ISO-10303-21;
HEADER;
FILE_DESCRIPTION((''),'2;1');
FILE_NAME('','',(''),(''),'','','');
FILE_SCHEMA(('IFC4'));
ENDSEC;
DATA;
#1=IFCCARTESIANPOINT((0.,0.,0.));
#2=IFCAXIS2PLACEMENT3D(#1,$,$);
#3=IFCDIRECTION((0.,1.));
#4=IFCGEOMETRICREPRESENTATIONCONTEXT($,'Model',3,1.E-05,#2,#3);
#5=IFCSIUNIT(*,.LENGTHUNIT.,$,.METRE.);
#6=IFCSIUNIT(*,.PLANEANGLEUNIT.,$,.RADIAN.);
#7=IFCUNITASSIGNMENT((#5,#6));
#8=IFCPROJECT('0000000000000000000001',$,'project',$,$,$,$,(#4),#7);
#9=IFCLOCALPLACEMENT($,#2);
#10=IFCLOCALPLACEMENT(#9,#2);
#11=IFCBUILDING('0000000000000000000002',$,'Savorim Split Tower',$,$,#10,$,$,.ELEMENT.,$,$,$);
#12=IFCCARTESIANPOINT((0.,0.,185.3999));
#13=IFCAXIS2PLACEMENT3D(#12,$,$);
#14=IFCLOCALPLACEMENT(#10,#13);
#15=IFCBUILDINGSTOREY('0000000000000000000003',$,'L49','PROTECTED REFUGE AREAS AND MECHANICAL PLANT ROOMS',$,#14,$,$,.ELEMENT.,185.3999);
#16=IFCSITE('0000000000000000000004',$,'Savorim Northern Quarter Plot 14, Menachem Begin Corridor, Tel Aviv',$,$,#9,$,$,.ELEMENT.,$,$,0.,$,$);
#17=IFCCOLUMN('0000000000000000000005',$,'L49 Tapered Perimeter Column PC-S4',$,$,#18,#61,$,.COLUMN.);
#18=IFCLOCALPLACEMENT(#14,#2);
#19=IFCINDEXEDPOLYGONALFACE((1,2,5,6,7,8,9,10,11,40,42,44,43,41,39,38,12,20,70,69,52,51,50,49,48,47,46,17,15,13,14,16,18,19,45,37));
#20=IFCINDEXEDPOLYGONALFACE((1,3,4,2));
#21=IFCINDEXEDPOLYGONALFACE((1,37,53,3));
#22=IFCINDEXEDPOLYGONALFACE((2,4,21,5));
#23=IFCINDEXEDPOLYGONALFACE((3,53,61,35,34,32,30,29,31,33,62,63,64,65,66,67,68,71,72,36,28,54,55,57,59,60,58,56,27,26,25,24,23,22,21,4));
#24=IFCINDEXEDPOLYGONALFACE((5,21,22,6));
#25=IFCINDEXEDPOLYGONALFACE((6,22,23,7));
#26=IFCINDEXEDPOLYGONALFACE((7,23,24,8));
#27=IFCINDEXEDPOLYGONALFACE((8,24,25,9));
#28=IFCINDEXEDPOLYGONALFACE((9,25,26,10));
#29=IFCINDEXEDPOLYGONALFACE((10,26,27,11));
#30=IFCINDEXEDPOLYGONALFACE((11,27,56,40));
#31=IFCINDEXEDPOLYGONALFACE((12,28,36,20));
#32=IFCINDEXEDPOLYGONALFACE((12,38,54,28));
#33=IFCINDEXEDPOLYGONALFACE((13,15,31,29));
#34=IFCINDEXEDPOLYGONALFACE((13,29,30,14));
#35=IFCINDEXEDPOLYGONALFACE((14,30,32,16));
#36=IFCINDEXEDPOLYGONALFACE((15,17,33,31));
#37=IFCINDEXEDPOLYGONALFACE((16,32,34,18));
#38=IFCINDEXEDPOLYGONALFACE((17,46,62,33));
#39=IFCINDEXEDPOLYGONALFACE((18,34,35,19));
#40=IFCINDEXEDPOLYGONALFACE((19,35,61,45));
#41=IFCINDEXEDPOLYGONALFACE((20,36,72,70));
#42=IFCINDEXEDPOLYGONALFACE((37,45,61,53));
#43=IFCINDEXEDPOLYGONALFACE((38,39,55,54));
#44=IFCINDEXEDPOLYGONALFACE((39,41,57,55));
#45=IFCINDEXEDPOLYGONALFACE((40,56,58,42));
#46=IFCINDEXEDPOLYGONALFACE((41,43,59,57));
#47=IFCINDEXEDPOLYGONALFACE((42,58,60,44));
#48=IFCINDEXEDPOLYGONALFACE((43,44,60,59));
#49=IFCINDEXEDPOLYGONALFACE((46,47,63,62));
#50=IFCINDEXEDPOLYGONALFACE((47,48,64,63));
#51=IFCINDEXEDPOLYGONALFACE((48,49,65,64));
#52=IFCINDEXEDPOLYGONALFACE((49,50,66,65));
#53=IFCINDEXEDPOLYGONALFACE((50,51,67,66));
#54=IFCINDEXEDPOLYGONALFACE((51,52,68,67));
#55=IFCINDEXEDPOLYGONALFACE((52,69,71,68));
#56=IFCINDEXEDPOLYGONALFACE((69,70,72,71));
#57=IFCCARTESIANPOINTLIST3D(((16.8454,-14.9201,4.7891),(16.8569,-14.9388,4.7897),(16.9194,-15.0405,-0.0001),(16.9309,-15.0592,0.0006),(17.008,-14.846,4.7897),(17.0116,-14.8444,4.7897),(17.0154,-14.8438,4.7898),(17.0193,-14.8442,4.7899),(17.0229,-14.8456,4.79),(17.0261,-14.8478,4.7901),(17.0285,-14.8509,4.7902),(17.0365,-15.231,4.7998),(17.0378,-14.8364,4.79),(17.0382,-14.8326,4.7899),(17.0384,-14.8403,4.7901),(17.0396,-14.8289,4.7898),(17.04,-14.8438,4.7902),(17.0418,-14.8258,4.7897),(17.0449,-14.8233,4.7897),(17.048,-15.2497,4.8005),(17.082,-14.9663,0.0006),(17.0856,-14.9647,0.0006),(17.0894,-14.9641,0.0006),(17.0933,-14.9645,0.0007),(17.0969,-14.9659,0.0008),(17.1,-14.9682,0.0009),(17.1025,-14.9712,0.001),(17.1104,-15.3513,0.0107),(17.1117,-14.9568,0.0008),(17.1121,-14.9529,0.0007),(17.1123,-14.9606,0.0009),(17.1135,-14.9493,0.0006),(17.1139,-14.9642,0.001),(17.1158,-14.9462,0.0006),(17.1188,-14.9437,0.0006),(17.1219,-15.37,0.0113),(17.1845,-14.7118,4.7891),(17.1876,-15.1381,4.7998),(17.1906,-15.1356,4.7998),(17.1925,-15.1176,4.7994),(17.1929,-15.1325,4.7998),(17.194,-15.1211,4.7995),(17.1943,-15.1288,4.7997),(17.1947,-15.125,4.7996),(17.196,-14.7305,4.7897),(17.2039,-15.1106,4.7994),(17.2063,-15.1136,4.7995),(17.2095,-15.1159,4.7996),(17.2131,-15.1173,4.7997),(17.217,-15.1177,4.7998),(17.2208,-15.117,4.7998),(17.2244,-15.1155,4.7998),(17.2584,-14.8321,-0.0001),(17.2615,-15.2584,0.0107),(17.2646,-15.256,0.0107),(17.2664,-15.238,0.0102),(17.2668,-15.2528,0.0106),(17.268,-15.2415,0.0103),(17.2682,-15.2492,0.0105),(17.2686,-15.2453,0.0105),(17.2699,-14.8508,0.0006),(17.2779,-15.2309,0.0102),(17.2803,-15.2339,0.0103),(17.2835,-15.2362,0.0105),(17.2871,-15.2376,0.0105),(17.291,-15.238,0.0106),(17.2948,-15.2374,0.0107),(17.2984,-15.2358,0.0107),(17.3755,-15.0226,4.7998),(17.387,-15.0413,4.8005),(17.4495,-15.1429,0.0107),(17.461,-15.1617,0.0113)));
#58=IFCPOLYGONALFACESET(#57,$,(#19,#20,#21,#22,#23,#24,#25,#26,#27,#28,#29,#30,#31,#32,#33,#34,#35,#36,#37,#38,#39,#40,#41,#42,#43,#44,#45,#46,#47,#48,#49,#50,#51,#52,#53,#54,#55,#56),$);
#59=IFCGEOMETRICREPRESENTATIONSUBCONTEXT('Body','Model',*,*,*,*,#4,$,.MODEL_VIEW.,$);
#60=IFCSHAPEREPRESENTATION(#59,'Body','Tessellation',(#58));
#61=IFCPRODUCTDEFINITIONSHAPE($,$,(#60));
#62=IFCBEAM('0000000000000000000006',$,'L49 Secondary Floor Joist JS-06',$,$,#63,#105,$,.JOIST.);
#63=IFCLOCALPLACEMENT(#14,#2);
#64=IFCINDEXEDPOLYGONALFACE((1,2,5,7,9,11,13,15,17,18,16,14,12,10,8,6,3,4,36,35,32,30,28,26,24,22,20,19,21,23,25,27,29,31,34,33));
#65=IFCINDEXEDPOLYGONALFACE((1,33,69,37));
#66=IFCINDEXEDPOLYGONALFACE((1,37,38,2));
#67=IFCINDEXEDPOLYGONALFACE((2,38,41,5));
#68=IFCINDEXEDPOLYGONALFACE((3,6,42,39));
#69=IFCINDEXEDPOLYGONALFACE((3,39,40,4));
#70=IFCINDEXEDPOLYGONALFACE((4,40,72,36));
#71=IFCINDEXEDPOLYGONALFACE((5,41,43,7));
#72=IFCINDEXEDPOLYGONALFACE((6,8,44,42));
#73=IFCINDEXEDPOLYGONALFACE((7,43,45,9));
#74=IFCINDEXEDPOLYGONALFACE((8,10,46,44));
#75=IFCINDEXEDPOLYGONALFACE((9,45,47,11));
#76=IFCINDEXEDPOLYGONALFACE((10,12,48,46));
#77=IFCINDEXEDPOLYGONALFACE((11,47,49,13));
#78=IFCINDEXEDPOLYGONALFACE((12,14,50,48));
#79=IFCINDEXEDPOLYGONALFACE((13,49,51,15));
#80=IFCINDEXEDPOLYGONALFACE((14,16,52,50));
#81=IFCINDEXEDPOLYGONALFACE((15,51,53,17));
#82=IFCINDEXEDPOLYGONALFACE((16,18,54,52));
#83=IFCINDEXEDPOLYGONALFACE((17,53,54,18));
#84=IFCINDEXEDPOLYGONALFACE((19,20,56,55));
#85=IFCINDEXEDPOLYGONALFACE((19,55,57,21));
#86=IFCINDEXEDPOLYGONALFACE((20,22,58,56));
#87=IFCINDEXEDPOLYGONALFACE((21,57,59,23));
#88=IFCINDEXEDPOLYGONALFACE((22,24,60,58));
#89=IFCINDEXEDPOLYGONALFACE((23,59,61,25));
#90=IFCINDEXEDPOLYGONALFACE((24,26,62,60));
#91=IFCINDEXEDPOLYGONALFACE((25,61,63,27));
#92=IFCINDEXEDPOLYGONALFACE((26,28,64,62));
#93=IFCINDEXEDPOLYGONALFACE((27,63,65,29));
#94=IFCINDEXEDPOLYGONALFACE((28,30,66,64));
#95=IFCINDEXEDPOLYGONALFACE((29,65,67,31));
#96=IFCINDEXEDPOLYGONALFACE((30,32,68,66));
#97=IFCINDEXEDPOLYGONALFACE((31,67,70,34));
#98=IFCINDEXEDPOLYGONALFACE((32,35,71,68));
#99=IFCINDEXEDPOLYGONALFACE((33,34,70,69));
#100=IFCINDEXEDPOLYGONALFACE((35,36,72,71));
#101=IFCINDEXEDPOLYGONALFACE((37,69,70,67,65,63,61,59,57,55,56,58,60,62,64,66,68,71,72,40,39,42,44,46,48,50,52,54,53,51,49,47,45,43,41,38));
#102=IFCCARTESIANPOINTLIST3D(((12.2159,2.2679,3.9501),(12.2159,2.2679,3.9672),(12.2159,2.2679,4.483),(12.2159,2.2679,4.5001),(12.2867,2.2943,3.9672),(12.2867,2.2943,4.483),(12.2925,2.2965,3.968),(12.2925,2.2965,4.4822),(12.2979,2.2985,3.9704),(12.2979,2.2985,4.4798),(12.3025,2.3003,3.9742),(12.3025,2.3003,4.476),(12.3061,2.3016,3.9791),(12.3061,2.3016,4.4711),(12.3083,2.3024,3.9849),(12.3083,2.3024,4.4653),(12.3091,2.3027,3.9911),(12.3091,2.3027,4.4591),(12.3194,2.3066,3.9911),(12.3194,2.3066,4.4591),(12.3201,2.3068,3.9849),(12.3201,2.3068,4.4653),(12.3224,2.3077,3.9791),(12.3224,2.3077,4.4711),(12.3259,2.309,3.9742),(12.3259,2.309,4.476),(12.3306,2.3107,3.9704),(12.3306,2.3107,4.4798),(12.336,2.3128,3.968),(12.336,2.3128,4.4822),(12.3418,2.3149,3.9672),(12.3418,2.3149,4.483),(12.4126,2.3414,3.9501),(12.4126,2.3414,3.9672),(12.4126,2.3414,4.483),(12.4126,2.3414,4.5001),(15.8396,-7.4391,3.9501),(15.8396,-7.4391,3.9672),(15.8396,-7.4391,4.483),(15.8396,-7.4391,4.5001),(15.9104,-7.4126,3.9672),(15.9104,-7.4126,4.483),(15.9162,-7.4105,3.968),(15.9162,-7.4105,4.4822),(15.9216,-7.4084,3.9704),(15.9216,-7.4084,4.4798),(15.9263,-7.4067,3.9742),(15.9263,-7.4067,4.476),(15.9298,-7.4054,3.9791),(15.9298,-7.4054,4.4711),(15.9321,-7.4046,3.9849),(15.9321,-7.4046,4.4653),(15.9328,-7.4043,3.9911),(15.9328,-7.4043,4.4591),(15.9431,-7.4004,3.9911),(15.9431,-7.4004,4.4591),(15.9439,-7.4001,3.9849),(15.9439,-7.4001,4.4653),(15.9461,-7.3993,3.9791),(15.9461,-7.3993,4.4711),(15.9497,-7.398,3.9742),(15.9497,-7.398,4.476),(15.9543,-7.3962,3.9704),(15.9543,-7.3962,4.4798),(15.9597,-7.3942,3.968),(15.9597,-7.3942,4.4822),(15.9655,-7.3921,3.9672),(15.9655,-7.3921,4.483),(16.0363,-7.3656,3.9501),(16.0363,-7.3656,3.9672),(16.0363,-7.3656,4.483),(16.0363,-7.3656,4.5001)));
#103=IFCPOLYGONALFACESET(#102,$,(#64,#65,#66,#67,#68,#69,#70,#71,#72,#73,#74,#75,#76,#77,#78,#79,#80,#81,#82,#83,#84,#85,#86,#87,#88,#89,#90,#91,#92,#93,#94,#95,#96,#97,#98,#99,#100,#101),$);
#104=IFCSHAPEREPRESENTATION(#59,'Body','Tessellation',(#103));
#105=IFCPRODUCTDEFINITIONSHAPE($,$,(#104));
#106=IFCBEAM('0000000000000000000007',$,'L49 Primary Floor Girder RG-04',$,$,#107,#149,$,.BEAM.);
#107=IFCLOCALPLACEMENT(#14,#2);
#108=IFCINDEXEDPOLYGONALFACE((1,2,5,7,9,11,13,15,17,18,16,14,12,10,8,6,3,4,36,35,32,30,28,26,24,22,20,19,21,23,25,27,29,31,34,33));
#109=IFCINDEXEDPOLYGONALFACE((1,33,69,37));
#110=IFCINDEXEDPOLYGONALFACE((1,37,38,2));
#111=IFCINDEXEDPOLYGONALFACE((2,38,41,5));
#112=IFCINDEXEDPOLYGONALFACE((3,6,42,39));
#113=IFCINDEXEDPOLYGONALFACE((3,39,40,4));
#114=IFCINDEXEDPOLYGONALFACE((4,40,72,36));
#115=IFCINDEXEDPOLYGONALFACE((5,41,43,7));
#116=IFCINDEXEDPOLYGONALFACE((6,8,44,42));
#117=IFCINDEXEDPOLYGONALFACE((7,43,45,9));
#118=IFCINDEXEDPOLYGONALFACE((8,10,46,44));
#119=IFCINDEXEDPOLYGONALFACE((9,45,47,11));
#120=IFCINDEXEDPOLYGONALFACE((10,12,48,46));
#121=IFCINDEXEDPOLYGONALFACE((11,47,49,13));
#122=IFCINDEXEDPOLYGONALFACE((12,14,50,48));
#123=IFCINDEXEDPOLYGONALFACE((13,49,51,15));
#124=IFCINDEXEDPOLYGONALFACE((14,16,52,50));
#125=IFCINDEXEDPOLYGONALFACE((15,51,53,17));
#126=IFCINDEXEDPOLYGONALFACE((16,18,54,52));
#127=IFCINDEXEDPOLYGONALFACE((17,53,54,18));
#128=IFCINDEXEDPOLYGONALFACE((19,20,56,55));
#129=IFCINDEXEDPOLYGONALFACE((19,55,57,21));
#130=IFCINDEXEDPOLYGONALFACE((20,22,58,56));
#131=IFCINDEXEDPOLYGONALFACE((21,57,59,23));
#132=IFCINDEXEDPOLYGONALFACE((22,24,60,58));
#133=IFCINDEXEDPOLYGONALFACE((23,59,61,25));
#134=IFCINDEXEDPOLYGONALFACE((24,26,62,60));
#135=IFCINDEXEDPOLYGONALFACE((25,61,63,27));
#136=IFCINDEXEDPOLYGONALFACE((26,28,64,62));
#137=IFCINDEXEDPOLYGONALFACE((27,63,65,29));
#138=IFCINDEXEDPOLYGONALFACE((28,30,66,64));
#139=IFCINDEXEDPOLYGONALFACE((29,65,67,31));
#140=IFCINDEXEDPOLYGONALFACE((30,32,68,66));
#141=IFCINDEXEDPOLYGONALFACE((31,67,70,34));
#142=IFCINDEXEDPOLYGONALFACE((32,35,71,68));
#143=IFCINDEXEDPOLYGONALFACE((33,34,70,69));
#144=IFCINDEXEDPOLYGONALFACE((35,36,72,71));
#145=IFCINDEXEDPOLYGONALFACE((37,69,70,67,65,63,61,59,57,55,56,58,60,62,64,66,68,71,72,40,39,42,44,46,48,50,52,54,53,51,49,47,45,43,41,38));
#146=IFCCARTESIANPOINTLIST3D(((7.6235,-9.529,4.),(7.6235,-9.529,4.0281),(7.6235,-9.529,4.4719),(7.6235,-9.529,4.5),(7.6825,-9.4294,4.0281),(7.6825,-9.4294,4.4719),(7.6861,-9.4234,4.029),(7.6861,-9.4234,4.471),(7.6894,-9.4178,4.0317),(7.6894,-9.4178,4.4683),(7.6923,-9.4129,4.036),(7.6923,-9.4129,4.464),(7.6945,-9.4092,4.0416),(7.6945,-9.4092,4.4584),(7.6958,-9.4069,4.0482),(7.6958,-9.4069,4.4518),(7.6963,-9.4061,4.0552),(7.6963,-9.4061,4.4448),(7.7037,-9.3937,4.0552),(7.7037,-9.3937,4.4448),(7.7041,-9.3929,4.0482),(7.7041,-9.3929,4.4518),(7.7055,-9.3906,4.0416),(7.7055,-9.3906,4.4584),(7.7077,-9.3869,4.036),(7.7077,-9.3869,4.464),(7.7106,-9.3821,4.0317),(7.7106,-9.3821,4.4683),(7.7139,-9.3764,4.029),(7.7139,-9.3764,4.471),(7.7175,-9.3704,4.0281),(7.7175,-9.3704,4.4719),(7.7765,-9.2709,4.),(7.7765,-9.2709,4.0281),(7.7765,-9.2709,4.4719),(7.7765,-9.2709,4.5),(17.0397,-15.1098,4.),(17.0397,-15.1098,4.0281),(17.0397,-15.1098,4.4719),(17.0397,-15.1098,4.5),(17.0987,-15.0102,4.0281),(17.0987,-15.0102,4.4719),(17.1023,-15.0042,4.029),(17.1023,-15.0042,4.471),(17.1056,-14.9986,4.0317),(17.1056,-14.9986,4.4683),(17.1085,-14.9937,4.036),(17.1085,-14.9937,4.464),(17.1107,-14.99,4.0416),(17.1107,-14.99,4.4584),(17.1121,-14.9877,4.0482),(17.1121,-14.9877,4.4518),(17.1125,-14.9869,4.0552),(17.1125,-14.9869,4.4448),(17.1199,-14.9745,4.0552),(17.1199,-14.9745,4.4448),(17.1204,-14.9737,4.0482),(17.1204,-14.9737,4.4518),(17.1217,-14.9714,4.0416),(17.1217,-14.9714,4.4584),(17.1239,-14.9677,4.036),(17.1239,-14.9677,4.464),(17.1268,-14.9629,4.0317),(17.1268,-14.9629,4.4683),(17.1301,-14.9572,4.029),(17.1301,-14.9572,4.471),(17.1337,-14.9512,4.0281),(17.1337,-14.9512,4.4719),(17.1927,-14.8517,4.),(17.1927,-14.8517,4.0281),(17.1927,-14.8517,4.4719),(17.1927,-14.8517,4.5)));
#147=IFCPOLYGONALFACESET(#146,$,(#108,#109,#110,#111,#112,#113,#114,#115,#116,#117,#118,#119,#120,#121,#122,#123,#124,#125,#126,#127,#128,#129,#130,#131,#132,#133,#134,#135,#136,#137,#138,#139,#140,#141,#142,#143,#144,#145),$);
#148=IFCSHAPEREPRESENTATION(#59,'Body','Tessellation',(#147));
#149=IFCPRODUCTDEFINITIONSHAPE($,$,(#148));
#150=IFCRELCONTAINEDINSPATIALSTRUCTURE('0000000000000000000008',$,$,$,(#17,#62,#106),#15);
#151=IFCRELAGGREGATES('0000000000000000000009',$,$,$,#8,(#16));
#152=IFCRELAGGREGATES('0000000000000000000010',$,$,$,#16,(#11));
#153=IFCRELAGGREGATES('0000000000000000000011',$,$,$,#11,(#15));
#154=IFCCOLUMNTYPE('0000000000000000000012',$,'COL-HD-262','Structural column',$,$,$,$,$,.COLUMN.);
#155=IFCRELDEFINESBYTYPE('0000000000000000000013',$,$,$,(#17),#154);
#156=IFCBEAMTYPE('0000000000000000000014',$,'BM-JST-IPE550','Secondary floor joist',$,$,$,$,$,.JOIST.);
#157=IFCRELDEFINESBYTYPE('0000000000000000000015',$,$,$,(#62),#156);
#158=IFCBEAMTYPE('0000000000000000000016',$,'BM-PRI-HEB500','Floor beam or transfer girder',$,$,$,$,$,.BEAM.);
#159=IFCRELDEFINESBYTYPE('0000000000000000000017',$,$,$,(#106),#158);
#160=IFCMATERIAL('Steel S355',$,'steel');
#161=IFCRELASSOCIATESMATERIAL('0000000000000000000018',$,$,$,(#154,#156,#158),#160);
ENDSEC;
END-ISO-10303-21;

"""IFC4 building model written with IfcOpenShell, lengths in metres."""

from ifc_helpers import new_model, si_unit, direction, frame, origin, origin_2d, place, context, subcontext, project, spatial, i_section, extrude, material, material_profile, profile_set, type_object, element, save


model = new_model("IFC4")

# Units and contexts
model_context = context("Model", 3, precision=1e-05, world=origin(), true_north=direction((0.0, 1.0)))
body_context = subcontext(model_context, "Body", "Model", "MODEL_VIEW")
ifc_project = project(units=[si_unit("LENGTHUNIT", "METRE"), si_unit("PLANEANGLEUNIT", "RADIAN")], contexts=[model_context])

# Site, building, storey
site_placement = place(None, origin())
site = spatial("IfcSite", under=ifc_project, at=site_placement, Name="Savorim Northern Quarter Plot 14, Menachem Begin Corridor, Tel Aviv", CompositionType="ELEMENT", RefElevation=0.0)
building_placement = place(site_placement, origin())
building = spatial("IfcBuilding", under=site, at=building_placement, Name="Savorim Split Tower", CompositionType="ELEMENT")
storey_placement = place(building_placement, frame((0.0, 0.0, 185.3999)))
storey = spatial("IfcBuildingStorey", under=building, at=storey_placement, Name="L49", Description="PROTECTED REFUGE AREAS AND MECHANICAL PLANT ROOMS", CompositionType="ELEMENT", Elevation=185.3999)

# Column
ifc_material_1 = material(Name="Steel S355", Category="steel")
ifc_material_profile_1 = material_profile(ifc_material_1, i_section(OverallWidth=0.3979, OverallDepth=0.387, WebThickness=0.0134, FlangeThickness=0.022, FilletRadius=0.0149, at=origin_2d()), Name="HD 400x262")
ifc_profile_set_1 = profile_set([ifc_material_profile_1], Name="Steel S355")
column_type = type_object("IfcColumnType", Name="COL-HD-262", Description="Structural column", PredefinedType="COLUMN", material=ifc_profile_set_1)
column_placement = place(storey_placement, frame((17.1902, -15.1011, 0.0056), z_axis=(-0.01544, 0.025122, 0.999565), x_axis=(-0.851955, -0.523615, 0.0)))
element("IfcColumn", 1, at=column_placement, inside=storey, type_object=column_type, Name="L49 Tapered Perimeter Column PC-S4", PredefinedType="COLUMN", context=body_context, shape_type="SweptSolid", body=[
    extrude(i_section(OverallWidth=0.3979, OverallDepth=0.387, WebThickness=0.0134, FlangeThickness=0.022, FilletRadius=0.0149, at=origin_2d()), origin(), (0.0, 0.0, 1.0), 4.7913),
])

# Beams
ifc_material_profile_2 = material_profile(ifc_material_1, i_section(OverallWidth=0.21, OverallDepth=0.55, WebThickness=0.011, FlangeThickness=0.0171, FilletRadius=0.0239, at=origin_2d()), Name="IPE 550")
ifc_profile_set_2 = profile_set([ifc_material_profile_2], Name="Steel S355")
beam_type_1 = type_object("IfcBeamType", Name="BM-JST-IPE550", Description="Secondary floor joist", PredefinedType="JOIST", material=ifc_profile_set_2)
beam_1_placement = place(storey_placement, frame((15.938, -7.4023, 4.2251), z_axis=(-0.349739, 0.936847, 0.0), x_axis=(-0.936847, -0.349739, 0.0)))
element("IfcBeam", 2, at=beam_1_placement, inside=storey, type_object=beam_type_1, Name="L49 Secondary Floor Joist JS-06", PredefinedType="JOIST", context=body_context, shape_type="SweptSolid", body=[
    extrude(i_section(OverallWidth=0.21, OverallDepth=0.55, WebThickness=0.011, FlangeThickness=0.0171, FilletRadius=0.0239, at=origin_2d()), origin(), (0.0, 0.0, 1.0), 10.3613),
])
ifc_material_profile_3 = material_profile(ifc_material_1, i_section(OverallWidth=0.3, OverallDepth=0.5, WebThickness=0.0144, FlangeThickness=0.0281, FilletRadius=0.0271, at=origin_2d()), Name="HEB 500")
ifc_profile_set_3 = profile_set([ifc_material_profile_3], Name="Steel S355")
beam_type_2 = type_object("IfcBeamType", Name="BM-PRI-HEB500", Description="Floor beam or transfer girder", PredefinedType="BEAM", material=ifc_profile_set_3)
beam_2_placement = place(storey_placement, frame((17.1162, -14.9807, 4.25), z_axis=(-0.860259, 0.509857, 0.0), x_axis=(-0.509857, -0.860259, 0.0)))
element("IfcBeam", 3, at=beam_2_placement, inside=storey, type_object=beam_type_2, Name="L49 Primary Floor Girder RG-04", PredefinedType="BEAM", context=body_context, shape_type="SweptSolid", body=[
    extrude(i_section(OverallWidth=0.3, OverallDepth=0.5, WebThickness=0.0144, FlangeThickness=0.0281, FilletRadius=0.0271, at=origin_2d()), origin(), (0.0, 0.0, 1.0), 10.9458),
])

save(model, "model.ifc")
